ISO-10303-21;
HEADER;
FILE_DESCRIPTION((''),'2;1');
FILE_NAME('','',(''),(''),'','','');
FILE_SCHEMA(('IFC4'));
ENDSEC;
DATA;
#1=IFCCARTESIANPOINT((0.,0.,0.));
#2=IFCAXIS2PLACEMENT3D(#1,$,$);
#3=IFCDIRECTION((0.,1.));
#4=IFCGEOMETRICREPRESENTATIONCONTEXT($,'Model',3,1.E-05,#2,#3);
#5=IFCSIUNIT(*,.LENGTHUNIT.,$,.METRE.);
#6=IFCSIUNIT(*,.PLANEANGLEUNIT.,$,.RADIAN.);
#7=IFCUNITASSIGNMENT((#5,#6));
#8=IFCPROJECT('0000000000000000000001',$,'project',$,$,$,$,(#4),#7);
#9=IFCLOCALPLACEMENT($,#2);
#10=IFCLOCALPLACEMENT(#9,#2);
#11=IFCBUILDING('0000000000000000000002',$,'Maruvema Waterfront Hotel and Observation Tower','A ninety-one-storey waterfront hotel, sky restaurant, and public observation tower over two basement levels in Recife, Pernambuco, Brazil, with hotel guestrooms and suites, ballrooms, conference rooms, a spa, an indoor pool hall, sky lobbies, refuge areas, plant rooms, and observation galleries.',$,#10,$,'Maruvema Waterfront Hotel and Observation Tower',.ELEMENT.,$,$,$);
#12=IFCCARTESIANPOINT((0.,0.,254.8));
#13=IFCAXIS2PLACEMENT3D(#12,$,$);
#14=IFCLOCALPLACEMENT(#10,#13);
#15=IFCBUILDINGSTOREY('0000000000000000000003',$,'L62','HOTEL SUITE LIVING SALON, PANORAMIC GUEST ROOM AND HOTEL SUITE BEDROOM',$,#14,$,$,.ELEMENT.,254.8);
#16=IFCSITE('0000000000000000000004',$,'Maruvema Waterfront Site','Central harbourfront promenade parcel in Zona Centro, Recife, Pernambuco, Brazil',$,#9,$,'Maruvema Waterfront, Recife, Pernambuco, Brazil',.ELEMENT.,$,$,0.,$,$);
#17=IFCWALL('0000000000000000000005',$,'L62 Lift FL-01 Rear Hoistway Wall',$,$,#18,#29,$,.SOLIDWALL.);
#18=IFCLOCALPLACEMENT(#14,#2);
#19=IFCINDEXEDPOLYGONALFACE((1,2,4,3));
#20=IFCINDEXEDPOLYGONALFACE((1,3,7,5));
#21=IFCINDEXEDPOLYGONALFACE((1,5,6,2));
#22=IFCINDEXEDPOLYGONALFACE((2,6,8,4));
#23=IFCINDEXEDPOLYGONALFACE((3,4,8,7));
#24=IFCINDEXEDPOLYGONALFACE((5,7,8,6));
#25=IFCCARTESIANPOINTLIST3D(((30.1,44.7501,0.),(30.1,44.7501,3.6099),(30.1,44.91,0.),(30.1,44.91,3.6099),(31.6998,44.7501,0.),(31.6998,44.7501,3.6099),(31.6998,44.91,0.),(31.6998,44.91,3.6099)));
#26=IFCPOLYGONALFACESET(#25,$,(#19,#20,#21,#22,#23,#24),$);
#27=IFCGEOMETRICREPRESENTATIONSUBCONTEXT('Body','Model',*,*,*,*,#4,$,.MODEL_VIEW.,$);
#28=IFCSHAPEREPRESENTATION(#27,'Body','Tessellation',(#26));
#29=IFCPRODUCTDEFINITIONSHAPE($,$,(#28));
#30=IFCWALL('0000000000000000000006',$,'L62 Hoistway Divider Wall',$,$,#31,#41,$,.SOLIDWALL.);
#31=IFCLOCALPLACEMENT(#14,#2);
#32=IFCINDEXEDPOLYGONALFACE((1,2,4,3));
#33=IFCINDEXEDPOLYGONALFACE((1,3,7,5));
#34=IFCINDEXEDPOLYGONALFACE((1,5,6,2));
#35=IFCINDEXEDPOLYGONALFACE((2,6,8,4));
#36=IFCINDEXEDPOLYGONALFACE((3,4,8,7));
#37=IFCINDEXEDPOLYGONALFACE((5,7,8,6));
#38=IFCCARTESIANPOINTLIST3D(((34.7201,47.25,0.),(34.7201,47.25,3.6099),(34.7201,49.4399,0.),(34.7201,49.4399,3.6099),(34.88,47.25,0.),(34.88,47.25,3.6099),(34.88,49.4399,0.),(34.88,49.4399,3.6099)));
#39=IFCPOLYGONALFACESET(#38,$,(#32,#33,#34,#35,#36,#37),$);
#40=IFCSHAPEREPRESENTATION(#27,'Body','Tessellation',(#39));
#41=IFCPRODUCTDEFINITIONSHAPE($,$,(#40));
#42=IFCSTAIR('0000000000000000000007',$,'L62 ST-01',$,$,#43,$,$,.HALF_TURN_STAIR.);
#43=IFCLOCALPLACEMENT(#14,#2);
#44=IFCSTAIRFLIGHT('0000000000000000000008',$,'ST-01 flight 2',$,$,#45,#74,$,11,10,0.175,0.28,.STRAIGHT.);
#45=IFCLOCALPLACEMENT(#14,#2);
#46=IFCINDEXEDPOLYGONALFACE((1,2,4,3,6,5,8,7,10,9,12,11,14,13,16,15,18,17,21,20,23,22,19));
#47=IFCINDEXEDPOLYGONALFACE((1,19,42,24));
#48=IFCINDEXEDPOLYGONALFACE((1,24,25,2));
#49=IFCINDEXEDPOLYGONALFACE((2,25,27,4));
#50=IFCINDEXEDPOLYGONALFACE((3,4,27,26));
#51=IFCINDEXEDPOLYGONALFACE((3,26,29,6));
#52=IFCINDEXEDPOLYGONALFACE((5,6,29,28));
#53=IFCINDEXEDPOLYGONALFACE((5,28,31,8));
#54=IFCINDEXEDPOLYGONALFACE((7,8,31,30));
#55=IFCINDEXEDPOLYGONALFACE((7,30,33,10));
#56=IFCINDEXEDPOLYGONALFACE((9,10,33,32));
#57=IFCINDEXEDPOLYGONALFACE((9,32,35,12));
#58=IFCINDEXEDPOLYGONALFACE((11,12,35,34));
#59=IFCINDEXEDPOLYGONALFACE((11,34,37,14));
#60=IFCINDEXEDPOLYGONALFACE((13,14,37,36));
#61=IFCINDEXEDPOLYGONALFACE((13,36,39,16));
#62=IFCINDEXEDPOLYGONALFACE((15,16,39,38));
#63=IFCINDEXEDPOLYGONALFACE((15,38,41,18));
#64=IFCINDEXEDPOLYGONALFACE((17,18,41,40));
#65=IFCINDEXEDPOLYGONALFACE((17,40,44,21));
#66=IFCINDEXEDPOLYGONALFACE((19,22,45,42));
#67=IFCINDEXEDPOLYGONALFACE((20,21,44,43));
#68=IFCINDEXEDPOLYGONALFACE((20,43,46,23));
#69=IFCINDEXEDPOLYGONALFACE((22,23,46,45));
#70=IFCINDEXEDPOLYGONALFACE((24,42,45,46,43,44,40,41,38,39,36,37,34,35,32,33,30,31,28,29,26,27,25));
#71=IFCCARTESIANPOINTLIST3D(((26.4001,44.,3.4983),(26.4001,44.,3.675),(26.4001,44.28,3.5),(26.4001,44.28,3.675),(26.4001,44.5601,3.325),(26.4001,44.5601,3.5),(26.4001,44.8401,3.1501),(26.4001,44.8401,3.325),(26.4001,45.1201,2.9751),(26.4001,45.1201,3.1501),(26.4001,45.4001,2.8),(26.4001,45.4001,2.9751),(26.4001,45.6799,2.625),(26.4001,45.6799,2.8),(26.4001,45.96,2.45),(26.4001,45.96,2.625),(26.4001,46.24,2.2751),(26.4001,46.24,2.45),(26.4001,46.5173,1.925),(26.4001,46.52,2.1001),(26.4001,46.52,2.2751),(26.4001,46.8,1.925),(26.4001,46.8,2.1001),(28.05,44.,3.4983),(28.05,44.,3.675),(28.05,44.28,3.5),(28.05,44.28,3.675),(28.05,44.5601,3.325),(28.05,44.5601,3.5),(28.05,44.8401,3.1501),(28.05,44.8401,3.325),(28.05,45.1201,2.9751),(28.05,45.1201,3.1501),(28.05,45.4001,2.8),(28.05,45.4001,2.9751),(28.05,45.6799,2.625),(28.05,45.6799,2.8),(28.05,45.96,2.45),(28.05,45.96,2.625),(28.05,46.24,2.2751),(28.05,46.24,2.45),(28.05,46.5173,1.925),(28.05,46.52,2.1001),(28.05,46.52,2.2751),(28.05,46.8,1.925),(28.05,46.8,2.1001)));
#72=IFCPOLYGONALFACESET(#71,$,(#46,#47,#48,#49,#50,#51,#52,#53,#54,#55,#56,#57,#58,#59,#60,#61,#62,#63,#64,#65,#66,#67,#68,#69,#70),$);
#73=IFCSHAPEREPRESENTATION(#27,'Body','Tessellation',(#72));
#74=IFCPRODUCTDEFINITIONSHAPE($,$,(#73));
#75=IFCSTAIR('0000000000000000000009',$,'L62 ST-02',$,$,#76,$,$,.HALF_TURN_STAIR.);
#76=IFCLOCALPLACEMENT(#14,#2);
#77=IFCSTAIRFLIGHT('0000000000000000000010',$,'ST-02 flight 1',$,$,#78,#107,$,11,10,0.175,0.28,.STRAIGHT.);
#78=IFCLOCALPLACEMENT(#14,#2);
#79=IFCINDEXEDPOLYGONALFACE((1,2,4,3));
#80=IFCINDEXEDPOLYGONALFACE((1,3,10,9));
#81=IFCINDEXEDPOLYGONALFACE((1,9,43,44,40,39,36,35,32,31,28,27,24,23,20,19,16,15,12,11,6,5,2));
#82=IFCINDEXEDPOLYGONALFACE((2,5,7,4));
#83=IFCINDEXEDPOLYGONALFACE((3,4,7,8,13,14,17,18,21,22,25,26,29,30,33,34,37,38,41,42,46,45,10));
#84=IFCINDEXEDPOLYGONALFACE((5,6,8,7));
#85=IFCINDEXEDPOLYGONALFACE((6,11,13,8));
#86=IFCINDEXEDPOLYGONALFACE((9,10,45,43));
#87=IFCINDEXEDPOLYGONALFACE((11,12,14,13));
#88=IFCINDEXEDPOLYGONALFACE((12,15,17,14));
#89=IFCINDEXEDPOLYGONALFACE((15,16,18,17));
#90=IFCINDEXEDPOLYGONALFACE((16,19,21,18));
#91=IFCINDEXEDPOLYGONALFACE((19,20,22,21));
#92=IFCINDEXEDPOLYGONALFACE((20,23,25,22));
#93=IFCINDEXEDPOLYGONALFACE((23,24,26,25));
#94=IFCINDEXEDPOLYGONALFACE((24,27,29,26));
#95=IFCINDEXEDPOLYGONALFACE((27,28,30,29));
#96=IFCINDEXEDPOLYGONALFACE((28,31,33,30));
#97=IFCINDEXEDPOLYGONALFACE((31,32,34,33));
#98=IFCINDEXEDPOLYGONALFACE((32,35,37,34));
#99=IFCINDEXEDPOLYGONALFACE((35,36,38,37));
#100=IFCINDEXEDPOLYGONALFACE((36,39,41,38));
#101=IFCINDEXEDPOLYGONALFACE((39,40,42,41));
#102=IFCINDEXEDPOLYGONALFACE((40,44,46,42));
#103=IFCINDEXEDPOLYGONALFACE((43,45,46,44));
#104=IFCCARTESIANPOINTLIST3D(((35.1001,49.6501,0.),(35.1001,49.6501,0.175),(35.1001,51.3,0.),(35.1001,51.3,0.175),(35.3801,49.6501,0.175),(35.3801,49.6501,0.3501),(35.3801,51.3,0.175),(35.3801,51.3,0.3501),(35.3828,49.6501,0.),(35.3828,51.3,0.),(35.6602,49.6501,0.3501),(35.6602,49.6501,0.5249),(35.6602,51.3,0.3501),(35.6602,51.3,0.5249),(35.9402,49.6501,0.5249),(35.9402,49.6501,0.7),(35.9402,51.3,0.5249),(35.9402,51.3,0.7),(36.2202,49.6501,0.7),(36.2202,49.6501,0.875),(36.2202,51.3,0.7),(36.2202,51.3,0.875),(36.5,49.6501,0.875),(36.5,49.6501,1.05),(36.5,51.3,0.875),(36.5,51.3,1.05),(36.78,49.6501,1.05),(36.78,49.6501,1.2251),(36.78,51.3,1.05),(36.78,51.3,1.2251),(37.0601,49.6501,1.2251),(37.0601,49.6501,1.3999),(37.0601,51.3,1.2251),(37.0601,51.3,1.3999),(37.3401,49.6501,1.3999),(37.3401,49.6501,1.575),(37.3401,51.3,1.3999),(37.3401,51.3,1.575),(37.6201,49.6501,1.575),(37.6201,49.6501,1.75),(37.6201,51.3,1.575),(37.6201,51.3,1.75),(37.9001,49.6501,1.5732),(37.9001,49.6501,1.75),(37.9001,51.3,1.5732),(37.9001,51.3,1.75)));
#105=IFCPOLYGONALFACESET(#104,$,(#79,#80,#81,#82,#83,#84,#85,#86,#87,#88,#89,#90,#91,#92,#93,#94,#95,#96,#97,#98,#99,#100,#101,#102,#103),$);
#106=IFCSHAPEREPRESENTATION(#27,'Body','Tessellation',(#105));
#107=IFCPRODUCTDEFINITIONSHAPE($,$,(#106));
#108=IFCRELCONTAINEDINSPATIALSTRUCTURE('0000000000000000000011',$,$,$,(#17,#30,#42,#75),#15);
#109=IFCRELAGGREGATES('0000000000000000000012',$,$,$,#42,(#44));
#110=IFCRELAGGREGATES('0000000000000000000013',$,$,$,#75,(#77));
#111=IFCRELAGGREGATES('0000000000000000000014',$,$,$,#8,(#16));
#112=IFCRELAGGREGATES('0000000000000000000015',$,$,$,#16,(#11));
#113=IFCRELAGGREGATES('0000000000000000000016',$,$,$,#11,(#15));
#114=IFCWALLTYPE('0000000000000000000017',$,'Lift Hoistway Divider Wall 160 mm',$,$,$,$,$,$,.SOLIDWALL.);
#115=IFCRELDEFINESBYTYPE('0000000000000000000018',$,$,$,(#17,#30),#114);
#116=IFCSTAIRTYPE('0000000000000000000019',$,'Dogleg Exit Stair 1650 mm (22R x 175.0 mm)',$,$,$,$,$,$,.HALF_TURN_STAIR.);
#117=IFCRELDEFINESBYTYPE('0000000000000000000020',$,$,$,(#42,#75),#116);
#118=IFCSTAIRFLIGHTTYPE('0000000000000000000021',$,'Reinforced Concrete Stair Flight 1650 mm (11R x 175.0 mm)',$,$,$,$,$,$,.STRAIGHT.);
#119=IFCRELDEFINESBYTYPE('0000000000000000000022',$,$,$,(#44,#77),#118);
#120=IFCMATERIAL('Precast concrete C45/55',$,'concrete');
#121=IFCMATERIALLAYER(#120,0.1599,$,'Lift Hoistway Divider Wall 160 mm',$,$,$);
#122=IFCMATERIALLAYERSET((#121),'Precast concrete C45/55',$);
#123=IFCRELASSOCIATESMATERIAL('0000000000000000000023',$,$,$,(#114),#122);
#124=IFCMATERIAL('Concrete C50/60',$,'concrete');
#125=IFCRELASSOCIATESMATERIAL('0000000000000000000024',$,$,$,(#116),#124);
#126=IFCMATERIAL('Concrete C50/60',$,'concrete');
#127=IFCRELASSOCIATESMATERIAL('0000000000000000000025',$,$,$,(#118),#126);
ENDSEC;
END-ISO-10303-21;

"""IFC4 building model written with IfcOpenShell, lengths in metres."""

from ifc_helpers import new_model, si_unit, direction, frame, frame_2d, origin, place, context, subcontext, project, spatial, polyline, rectangle, outline, extrude, material, layer, layer_set, type_object, element, aggregate, save


model = new_model("IFC4")

# Units and contexts
model_context = context("Model", 3, precision=1e-05, world=origin(), true_north=direction((0.0, 1.0)))
body_context = subcontext(model_context, "Body", "Model", "MODEL_VIEW")
ifc_project = project(units=[si_unit("LENGTHUNIT", "METRE"), si_unit("PLANEANGLEUNIT", "RADIAN")], contexts=[model_context])

# Site, building, storey
site_placement = place(None, origin())
site = spatial("IfcSite", under=ifc_project, at=site_placement, Name="Maruvema Waterfront Site", Description="Central harbourfront promenade parcel in Zona Centro, Recife, Pernambuco, Brazil", LongName="Maruvema Waterfront, Recife, Pernambuco, Brazil", CompositionType="ELEMENT", RefElevation=0.0)
building_placement = place(site_placement, origin())
building = spatial("IfcBuilding", under=site, at=building_placement, Name="Maruvema Waterfront Hotel and Observation Tower", Description="A ninety-one-storey waterfront hotel, sky restaurant, and public observation tower over two basement levels in Recife, Pernambuco, Brazil, with hotel guestrooms and suites, ballrooms, conference rooms, a spa, an indoor pool hall, sky lobbies, refuge areas, plant rooms, and observation galleries.", LongName="Maruvema Waterfront Hotel and Observation Tower", CompositionType="ELEMENT")
storey_placement = place(building_placement, frame((0.0, 0.0, 254.8)))
storey = spatial("IfcBuildingStorey", under=building, at=storey_placement, Name="L62", Description="HOTEL SUITE LIVING SALON, PANORAMIC GUEST ROOM AND HOTEL SUITE BEDROOM", CompositionType="ELEMENT", Elevation=254.8)

# Walls
ifc_material_1 = material(Name="Precast concrete C45/55", Category="concrete")
ifc_layer_1 = layer(ifc_material_1, 0.1599, Name="Lift Hoistway Divider Wall 160 mm")
ifc_layer_set_1 = layer_set([ifc_layer_1], Name="Precast concrete C45/55")
wall_type_1 = type_object("IfcWallType", Name="Lift Hoistway Divider Wall 160 mm", PredefinedType="SOLIDWALL", material=ifc_layer_set_1)
wall_1_placement = place(storey_placement, frame((30.1001, 44.8301, 0.0), z_axis=(0.0, 0.0, 1.0), x_axis=(1.0, 0.0, 0.0)))
element("IfcWall", 1, at=wall_1_placement, inside=storey, type_object=wall_type_1, Name="L62 Lift FL-01 Rear Hoistway Wall", PredefinedType="SOLIDWALL", context=body_context, shape_type="SweptSolid", body=[
    extrude(rectangle(XDim=1.5999, YDim=0.1599, at=frame_2d((0.7998, 0.0))), origin(), (0.0, 0.0, 1.0), 3.6099),
])
wall_2_placement = place(storey_placement, frame((34.8, 47.25, 0.0), z_axis=(0.0, 0.0, 1.0), x_axis=(0.0, 1.0, 0.0)))
element("IfcWall", 2, at=wall_2_placement, inside=storey, type_object=wall_type_1, Name="L62 Hoistway Divider Wall", PredefinedType="SOLIDWALL", context=body_context, shape_type="SweptSolid", body=[
    extrude(rectangle(XDim=2.1899, YDim=0.1599, at=frame_2d((1.095, 0.0))), origin(), (0.0, 0.0, 1.0), 3.6099),
])

# Stairs, stair flights
ifc_material_2 = material(Name="Concrete C50/60", Category="concrete")
stair_type = type_object("IfcStairType", Name="Dogleg Exit Stair 1650 mm (22R x 175.0 mm)", PredefinedType="HALF_TURN_STAIR", material=ifc_material_2)
stair_1_placement = place(storey_placement, origin())
stair_1 = element("IfcStair", 3, at=stair_1_placement, inside=storey, type_object=stair_type, Name="L62 ST-01", PredefinedType="HALF_TURN_STAIR")
ifc_material_3 = material(Name="Concrete C50/60", Category="concrete")
stair_flight_type = type_object("IfcStairFlightType", Name="Reinforced Concrete Stair Flight 1650 mm (11R x 175.0 mm)", PredefinedType="STRAIGHT", material=ifc_material_3)
stair_flight_1_placement = place(storey_placement, frame((27.2251, 46.8, 1.925), z_axis=(0.0, 0.0, 1.0), x_axis=(0.0, -1.0, 0.0)))
stair_flight_1 = element("IfcStairFlight", 4, at=stair_flight_1_placement, type_object=stair_flight_type, Name="ST-01 flight 2", NumberOfRisers=11, NumberOfTreads=10, PredefinedType="STRAIGHT", RiserHeight=0.175, TreadLength=0.28, context=body_context, shape_type="SweptSolid", body=[
    extrude(outline(polyline([(0.0, 0.0), (0.0, 0.175), (0.28, 0.175), (0.28, 0.3501), (0.5601, 0.3501), (0.5601, 0.5249), (0.8401, 0.5249), (0.8401, 0.7), (1.1201, 0.7), (1.1201, 0.875), (1.3999, 0.875), (1.3999, 1.05), (1.6799, 1.05), (1.6799, 1.2251), (1.96, 1.2251), (1.96, 1.3999), (2.24, 1.3999), (2.24, 1.575), (2.52, 1.575), (2.52, 1.75), (2.8, 1.75), (2.8, 1.925), (2.8, 1.5732), (0.2827, 0.0), (0.0, 0.0)])), frame((0.0, 0.825, 0.0), z_axis=(0.0, -1.0, 0.0), x_axis=(1.0, 0.0, 0.0)), (0.0, 0.0, 1.0), 1.6499),
])
aggregate(stair_1, [stair_flight_1])
stair_2_placement = place(storey_placement, origin())
stair_2 = element("IfcStair", 5, at=stair_2_placement, inside=storey, type_object=stair_type, Name="L62 ST-02", PredefinedType="HALF_TURN_STAIR")
stair_flight_2_placement = place(storey_placement, frame((35.1001, 50.4751, 0.0), z_axis=(0.0, 0.0, 1.0), x_axis=(1.0, 0.0, 0.0)))
stair_flight_2 = element("IfcStairFlight", 6, at=stair_flight_2_placement, type_object=stair_flight_type, Name="ST-02 flight 1", NumberOfRisers=11, NumberOfTreads=10, PredefinedType="STRAIGHT", RiserHeight=0.175, TreadLength=0.28, context=body_context, shape_type="SweptSolid", body=[
    extrude(outline(polyline([(0.0, 0.0), (0.0, 0.175), (0.28, 0.175), (0.28, 0.3501), (0.5601, 0.3501), (0.5601, 0.5249), (0.8401, 0.5249), (0.8401, 0.7), (1.1201, 0.7), (1.1201, 0.875), (1.3999, 0.875), (1.3999, 1.05), (1.6799, 1.05), (1.6799, 1.2251), (1.96, 1.2251), (1.96, 1.3999), (2.24, 1.3999), (2.24, 1.575), (2.52, 1.575), (2.52, 1.75), (2.8, 1.75), (2.8, 1.925), (2.8, 1.5732), (0.2827, 0.0), (0.0, 0.0)])), frame((0.0, 0.825, 0.0), z_axis=(0.0, -1.0, 0.0), x_axis=(1.0, 0.0, 0.0)), (0.0, 0.0, 1.0), 1.6499),
])
aggregate(stair_2, [stair_flight_2])

save(model, "model.ifc")
